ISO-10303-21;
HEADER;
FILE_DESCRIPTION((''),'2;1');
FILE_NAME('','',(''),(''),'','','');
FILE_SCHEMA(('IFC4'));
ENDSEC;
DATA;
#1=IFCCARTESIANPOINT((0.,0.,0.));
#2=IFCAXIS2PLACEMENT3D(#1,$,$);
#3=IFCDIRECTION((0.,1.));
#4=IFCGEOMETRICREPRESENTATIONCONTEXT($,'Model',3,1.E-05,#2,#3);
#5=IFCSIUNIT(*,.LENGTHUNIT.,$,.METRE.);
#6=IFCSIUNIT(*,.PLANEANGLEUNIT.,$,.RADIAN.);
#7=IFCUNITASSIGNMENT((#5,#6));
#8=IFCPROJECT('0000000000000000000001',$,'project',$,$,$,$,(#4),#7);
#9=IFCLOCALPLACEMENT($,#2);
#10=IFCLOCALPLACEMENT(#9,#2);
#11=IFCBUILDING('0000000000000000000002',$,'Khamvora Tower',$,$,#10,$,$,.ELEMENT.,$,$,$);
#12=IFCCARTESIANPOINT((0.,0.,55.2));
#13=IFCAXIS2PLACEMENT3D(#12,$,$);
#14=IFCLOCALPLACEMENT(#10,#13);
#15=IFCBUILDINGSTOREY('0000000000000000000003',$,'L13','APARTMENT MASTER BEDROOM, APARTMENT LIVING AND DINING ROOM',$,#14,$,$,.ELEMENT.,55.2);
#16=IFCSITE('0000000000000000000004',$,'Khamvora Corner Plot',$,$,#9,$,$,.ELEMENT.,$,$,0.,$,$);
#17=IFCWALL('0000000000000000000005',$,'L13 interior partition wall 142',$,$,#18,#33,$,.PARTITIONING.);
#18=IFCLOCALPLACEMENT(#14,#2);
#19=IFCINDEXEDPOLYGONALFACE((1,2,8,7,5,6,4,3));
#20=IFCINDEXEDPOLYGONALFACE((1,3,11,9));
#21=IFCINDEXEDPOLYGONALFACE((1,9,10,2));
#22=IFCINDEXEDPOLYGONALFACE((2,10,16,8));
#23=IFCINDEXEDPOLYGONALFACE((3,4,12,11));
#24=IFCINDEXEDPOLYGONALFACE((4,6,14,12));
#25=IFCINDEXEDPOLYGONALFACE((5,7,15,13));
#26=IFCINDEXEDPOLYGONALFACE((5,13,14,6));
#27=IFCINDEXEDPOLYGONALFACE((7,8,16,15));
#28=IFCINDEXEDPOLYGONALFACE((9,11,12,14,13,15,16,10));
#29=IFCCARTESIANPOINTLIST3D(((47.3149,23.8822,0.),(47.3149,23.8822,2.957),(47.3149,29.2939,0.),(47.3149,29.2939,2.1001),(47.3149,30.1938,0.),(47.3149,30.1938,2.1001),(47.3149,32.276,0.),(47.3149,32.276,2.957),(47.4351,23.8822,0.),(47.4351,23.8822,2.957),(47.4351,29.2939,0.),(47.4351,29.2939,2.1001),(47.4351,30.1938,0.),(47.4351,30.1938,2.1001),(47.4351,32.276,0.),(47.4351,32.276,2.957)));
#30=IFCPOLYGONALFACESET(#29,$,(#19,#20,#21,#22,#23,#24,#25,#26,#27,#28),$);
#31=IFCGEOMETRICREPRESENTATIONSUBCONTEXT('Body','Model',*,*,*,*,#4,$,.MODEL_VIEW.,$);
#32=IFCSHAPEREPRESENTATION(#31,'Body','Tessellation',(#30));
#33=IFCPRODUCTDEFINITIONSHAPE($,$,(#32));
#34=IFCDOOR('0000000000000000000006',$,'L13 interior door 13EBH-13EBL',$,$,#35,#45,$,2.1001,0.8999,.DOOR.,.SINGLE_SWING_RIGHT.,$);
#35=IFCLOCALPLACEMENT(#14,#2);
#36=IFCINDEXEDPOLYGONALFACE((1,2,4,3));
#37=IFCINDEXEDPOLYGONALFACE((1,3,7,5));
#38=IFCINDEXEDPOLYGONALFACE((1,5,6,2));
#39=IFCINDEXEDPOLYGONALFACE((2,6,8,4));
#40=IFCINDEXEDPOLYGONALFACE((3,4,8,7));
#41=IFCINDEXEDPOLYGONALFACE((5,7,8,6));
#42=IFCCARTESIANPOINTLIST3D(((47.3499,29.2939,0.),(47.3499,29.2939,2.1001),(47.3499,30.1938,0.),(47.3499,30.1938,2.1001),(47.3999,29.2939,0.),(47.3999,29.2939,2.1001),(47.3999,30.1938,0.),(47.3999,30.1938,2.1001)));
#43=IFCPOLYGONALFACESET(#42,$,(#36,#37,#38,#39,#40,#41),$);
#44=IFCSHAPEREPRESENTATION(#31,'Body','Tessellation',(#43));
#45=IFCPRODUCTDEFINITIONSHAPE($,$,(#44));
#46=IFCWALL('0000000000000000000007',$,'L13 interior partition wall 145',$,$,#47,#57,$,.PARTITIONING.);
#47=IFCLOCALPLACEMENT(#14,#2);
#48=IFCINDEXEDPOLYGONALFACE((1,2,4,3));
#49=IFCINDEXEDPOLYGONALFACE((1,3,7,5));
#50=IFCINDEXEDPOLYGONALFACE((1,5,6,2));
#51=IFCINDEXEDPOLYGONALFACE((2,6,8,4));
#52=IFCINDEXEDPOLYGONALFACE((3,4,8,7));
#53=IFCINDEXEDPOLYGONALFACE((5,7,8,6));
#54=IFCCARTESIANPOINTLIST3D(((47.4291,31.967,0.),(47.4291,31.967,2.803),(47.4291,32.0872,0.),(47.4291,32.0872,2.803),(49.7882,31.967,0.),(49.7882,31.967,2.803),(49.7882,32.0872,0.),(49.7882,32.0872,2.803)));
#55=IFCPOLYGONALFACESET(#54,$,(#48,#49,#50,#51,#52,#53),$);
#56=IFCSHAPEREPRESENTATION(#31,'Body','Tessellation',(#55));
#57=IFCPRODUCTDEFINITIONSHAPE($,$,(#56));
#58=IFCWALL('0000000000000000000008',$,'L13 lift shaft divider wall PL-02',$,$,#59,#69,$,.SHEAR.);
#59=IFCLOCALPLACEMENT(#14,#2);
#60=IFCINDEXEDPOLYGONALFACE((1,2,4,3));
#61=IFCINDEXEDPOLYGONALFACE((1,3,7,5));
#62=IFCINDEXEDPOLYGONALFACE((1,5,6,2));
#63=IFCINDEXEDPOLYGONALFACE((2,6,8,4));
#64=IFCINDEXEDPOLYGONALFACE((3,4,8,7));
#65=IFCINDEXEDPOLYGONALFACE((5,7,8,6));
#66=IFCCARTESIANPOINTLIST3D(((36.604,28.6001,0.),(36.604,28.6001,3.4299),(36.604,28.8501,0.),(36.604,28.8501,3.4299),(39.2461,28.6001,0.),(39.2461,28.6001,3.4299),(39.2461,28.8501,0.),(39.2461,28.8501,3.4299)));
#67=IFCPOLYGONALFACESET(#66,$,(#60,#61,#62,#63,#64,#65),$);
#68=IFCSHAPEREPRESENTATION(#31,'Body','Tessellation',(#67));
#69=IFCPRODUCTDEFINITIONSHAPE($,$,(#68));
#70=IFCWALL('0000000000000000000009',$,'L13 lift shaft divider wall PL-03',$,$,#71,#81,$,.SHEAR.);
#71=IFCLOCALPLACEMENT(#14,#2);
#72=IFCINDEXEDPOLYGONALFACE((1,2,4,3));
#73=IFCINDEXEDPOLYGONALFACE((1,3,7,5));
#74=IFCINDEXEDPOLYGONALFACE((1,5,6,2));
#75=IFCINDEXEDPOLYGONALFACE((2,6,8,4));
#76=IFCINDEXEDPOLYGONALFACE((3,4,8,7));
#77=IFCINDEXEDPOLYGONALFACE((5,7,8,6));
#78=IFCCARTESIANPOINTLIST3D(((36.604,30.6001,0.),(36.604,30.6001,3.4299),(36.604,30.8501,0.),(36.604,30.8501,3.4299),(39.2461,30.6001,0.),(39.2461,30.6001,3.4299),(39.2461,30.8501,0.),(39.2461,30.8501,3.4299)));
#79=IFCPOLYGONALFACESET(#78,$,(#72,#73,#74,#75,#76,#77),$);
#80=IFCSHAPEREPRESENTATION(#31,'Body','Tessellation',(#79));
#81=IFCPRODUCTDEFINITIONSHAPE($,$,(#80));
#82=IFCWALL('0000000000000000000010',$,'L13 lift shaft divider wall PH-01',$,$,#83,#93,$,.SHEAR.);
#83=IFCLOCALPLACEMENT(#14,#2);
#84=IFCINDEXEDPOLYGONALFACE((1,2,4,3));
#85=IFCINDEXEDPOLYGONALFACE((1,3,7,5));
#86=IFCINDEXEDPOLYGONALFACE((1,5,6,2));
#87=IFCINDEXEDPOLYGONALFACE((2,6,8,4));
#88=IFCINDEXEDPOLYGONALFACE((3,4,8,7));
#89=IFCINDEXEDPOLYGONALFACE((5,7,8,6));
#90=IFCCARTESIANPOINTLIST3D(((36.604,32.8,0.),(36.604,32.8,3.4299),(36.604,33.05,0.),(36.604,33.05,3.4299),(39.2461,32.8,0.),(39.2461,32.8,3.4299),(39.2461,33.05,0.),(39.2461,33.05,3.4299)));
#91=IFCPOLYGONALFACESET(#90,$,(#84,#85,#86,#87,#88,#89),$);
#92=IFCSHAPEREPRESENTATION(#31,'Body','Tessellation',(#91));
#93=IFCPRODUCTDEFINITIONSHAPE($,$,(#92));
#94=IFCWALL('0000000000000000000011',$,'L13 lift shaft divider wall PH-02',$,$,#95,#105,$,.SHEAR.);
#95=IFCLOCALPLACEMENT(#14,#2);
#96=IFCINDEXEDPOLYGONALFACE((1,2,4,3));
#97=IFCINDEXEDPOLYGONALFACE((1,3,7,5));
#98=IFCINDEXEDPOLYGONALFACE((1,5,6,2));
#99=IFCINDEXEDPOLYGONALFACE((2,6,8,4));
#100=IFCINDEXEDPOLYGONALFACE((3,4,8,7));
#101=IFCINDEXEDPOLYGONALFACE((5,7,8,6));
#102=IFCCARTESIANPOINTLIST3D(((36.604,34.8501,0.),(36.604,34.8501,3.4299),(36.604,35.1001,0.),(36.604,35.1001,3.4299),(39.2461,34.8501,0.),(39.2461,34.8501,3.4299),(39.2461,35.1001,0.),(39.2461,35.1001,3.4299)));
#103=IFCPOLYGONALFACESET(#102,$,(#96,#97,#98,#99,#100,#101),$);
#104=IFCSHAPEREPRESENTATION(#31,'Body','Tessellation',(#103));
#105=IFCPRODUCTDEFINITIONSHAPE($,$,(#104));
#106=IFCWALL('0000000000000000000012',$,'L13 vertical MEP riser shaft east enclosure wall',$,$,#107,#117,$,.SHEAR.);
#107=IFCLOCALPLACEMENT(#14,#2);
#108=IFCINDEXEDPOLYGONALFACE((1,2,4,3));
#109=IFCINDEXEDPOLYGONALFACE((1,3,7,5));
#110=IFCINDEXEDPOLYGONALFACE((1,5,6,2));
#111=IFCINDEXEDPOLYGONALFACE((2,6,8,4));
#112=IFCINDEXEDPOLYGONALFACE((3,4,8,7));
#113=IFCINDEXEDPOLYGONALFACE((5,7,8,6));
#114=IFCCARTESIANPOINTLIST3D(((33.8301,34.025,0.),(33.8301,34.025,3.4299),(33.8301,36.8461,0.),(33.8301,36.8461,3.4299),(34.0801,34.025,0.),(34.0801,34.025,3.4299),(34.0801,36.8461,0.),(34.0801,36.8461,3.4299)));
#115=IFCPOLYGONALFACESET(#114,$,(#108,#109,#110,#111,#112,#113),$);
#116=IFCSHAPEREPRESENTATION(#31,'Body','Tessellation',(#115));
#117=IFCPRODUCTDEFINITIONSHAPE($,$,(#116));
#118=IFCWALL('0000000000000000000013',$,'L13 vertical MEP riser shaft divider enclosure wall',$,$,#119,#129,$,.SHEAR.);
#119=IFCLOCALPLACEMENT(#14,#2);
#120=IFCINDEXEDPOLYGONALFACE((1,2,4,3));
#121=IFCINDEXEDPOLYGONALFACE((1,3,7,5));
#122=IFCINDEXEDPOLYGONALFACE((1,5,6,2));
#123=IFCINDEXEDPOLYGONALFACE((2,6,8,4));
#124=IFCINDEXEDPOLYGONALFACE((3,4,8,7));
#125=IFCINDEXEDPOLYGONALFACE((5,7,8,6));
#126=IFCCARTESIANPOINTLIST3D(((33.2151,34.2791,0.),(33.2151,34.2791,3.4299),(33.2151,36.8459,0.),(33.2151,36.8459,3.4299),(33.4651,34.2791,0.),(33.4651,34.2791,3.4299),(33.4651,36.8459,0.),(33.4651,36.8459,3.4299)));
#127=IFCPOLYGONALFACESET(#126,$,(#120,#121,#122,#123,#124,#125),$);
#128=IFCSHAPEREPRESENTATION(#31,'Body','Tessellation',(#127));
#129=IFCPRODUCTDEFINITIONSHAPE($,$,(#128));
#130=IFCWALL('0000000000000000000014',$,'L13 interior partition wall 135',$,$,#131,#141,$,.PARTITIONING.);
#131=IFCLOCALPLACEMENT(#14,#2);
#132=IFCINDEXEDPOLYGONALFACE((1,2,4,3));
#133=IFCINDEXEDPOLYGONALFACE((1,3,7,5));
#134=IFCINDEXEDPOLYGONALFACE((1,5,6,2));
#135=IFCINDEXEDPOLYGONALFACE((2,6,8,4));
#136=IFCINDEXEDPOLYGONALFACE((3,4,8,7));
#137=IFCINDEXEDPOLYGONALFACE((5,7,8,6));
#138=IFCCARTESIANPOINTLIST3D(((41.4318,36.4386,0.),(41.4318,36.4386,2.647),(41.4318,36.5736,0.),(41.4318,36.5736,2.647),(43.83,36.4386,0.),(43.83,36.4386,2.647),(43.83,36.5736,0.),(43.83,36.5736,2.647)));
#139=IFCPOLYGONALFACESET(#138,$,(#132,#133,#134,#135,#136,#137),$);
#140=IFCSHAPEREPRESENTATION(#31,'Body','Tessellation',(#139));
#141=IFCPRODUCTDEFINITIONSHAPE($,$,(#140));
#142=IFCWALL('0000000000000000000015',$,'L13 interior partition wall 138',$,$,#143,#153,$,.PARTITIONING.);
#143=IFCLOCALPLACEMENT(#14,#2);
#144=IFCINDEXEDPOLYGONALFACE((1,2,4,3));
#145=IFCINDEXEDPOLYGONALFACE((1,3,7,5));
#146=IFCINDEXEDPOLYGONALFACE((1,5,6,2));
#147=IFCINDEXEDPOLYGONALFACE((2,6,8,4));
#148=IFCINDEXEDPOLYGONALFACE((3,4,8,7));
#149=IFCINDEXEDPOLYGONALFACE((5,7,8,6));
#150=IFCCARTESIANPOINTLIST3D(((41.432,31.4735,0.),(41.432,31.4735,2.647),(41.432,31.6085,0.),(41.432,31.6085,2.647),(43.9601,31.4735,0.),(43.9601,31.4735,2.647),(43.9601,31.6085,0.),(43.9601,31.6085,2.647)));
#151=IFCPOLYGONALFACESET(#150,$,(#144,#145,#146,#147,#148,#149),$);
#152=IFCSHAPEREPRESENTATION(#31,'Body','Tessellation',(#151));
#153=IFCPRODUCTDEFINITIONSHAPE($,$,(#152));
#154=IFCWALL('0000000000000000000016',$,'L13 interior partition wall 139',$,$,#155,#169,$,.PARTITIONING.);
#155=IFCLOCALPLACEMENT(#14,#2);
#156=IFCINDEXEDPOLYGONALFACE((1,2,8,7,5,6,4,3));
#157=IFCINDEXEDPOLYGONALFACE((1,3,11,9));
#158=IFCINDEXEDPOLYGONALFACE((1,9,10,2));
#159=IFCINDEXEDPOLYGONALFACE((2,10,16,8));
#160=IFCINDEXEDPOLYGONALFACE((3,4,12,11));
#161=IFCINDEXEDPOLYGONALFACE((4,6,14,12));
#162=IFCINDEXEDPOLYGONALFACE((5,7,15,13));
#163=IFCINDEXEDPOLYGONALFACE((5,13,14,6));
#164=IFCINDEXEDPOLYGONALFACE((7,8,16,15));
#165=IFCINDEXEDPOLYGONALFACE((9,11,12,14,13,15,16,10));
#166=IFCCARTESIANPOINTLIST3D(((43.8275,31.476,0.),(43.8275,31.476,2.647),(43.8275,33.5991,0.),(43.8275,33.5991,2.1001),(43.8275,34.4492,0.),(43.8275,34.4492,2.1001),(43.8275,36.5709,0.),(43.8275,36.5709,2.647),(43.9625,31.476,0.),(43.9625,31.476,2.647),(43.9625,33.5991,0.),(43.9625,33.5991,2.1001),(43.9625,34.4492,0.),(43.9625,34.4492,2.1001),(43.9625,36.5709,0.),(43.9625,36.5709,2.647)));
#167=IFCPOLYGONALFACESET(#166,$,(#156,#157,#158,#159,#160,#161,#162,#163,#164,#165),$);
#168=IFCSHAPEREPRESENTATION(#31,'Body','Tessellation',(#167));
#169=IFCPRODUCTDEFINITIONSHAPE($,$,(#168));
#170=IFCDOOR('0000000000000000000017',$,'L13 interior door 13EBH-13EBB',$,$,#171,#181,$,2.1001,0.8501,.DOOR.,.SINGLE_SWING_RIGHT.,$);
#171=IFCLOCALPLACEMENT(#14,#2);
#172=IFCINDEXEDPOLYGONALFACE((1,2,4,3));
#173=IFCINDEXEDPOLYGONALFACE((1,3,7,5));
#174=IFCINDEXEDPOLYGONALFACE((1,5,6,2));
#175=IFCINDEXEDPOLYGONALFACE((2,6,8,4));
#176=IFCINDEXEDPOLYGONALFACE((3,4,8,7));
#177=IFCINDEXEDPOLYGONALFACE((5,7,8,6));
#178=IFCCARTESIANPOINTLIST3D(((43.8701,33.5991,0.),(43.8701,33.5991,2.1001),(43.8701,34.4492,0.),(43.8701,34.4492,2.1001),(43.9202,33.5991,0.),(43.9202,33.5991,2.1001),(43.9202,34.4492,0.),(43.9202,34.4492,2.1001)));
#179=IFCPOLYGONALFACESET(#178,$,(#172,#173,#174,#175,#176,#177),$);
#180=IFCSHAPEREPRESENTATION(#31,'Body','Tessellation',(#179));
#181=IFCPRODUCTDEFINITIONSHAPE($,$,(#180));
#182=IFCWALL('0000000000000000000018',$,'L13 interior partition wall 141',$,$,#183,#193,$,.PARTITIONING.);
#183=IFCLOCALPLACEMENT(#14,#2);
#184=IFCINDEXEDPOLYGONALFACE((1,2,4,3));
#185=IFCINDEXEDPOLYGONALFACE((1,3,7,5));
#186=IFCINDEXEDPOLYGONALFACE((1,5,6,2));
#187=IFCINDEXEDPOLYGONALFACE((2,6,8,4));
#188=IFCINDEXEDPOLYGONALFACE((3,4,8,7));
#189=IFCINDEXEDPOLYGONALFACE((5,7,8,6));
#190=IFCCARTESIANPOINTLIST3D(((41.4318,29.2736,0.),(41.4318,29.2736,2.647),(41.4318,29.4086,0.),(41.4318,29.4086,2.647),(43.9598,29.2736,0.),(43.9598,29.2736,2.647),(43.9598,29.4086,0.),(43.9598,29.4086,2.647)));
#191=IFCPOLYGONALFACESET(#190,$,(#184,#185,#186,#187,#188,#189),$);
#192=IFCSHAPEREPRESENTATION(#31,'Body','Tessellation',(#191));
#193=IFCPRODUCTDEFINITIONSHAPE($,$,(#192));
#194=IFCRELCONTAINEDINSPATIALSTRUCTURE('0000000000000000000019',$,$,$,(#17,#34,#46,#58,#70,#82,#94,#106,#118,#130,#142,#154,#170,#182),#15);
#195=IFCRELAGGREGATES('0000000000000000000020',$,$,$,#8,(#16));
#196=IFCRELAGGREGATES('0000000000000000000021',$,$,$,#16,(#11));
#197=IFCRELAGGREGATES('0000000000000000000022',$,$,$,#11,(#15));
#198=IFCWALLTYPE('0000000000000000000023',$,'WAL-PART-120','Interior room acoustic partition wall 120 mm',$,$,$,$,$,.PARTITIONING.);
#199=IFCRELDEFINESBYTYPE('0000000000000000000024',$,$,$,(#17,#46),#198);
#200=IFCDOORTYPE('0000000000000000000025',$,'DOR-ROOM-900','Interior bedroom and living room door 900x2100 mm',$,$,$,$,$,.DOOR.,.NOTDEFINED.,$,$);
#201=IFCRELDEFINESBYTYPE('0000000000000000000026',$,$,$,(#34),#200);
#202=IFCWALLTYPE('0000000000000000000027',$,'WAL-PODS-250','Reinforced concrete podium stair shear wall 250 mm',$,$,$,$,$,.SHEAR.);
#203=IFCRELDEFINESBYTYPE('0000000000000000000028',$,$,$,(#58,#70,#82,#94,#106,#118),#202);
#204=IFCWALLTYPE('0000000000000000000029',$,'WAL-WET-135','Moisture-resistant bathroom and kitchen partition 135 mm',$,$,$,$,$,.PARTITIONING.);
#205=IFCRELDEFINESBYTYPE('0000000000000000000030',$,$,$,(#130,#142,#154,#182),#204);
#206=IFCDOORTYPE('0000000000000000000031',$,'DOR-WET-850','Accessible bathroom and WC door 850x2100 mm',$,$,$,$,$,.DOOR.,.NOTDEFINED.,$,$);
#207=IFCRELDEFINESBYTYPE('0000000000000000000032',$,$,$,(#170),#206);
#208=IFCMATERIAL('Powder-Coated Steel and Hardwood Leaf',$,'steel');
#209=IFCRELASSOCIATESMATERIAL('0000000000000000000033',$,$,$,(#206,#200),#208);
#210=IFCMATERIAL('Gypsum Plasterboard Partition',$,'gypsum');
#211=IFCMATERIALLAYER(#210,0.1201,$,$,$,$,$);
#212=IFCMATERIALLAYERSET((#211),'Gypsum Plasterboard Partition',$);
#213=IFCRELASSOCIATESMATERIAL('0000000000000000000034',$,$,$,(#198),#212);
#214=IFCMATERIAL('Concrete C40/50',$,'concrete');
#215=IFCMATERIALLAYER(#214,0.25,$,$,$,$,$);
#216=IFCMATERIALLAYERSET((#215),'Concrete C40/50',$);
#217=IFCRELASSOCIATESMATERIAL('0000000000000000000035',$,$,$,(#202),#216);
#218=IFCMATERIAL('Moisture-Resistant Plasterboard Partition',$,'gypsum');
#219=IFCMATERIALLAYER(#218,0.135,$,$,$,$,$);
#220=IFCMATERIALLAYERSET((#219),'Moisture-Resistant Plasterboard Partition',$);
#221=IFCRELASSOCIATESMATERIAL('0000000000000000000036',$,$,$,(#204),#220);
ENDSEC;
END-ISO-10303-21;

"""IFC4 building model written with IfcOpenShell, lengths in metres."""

from ifc_helpers import new_model, si_unit, direction, frame, frame_2d, origin, place, context, subcontext, project, spatial, rectangle, extrude, material, layer, layer_set, type_object, element, fill, save


model = new_model("IFC4")

# Units and contexts
model_context = context("Model", 3, precision=1e-05, world=origin(), true_north=direction((0.0, 1.0)))
body_context = subcontext(model_context, "Body", "Model", "MODEL_VIEW")
ifc_project = project(units=[si_unit("LENGTHUNIT", "METRE"), si_unit("PLANEANGLEUNIT", "RADIAN")], contexts=[model_context])

# Site, building, storey
site_placement = place(None, origin())
site = spatial("IfcSite", under=ifc_project, at=site_placement, Name="Khamvora Corner Plot", CompositionType="ELEMENT", RefElevation=0.0)
building_placement = place(site_placement, origin())
building = spatial("IfcBuilding", under=site, at=building_placement, Name="Khamvora Tower", CompositionType="ELEMENT")
storey_placement = place(building_placement, frame((0.0, 0.0, 55.2)))
storey = spatial("IfcBuildingStorey", under=building, at=storey_placement, Name="L13", Description="APARTMENT MASTER BEDROOM, APARTMENT LIVING AND DINING ROOM", CompositionType="ELEMENT", Elevation=55.2)

# Shared definitions
ifc_material_1 = material(Name="Powder-Coated Steel and Hardwood Leaf", Category="steel")
door_type_1 = type_object("IfcDoorType", Name="DOR-WET-850", Description="Accessible bathroom and WC door 850x2100 mm", OperationType="NOTDEFINED", PredefinedType="DOOR", material=ifc_material_1)

# Wall, opening, door
ifc_material_2 = material(Name="Gypsum Plasterboard Partition", Category="gypsum")
ifc_layer_1 = layer(ifc_material_2, 0.1201)
ifc_layer_set_1 = layer_set([ifc_layer_1], Name="Gypsum Plasterboard Partition")
wall_type_1 = type_object("IfcWallType", Name="WAL-PART-120", Description="Interior room acoustic partition wall 120 mm", PredefinedType="PARTITIONING", material=ifc_layer_set_1)
wall_1_placement = place(storey_placement, frame((47.375, 32.2759, 0.0), z_axis=(0.0, 0.0, 1.0), x_axis=(0.0, -1.0, 0.0)))
wall_1 = element("IfcWall", 1, at=wall_1_placement, inside=storey, type_object=wall_type_1, Name="L13 interior partition wall 142", PredefinedType="PARTITIONING", context=body_context, shape_type="SweptSolid", body=[
    extrude(rectangle(XDim=8.3938, YDim=0.1201, at=frame_2d((4.1968, 0.0))), origin(), (0.0, 0.0, 1.0), 2.957),
])
opening_1_placement = place(wall_1_placement, frame((2.082, 0.0, 0.0)))
opening_1 = element("IfcOpeningElement", 2, at=opening_1_placement, cuts=wall_1, PredefinedType="OPENING", context=body_context, shape_type="SweptSolid", body=[
    extrude(rectangle(XDim=0.8999, YDim=2.1001, at=frame_2d((0.45, 1.05))), frame((0.0, 0.0701, 0.0), z_axis=(0.0, -1.0, 0.0), x_axis=(1.0, 0.0, 0.0)), (0.0, 0.0, 1.0), 0.1401),
])
door_type_2 = type_object("IfcDoorType", Name="DOR-ROOM-900", Description="Interior bedroom and living room door 900x2100 mm", OperationType="NOTDEFINED", PredefinedType="DOOR", material=ifc_material_1)
door_1_placement = place(opening_1_placement, origin())
door_1 = element("IfcDoor", 3, at=door_1_placement, inside=storey, type_object=door_type_2, Name="L13 interior door 13EBH-13EBL", OperationType="SINGLE_SWING_RIGHT", OverallHeight=2.1001, OverallWidth=0.8999, PredefinedType="DOOR", context=body_context, shape_type="SweptSolid", body=[
    extrude(rectangle(XDim=0.8999, YDim=2.1001, at=frame_2d((0.45, 1.05))), frame((0.0, 0.0249, 0.0), z_axis=(0.0, -1.0, 0.0), x_axis=(1.0, 0.0, 0.0)), (0.0, 0.0, 1.0), 0.05),
])
fill(opening_1, door_1)

# Walls
wall_2_placement = place(storey_placement, frame((47.429, 32.0271, 0.0), z_axis=(0.0, 0.0, 1.0), x_axis=(1.0, 0.0, 0.0)))
element("IfcWall", 4, at=wall_2_placement, inside=storey, type_object=wall_type_1, Name="L13 interior partition wall 145", PredefinedType="PARTITIONING", context=body_context, shape_type="SweptSolid", body=[
    extrude(rectangle(XDim=2.3591, YDim=0.1201, at=frame_2d((1.1797, 0.0))), origin(), (0.0, 0.0, 1.0), 2.803),
])
ifc_material_3 = material(Name="Concrete C40/50", Category="concrete")
ifc_layer_2 = layer(ifc_material_3, 0.25)
ifc_layer_set_2 = layer_set([ifc_layer_2], Name="Concrete C40/50")
wall_type_2 = type_object("IfcWallType", Name="WAL-PODS-250", Description="Reinforced concrete podium stair shear wall 250 mm", PredefinedType="SHEAR", material=ifc_layer_set_2)
for number, where, z_axis, x_axis, name in (
    (5, (36.604, 28.7251, 0.0), (0.0, 0.0, 1.0), (1.0, 0.0, 0.0), "L13 lift shaft divider wall PL-02"),
    (6, (36.604, 30.7251, 0.0), (0.0, 0.0, 1.0), (1.0, 0.0, 0.0), "L13 lift shaft divider wall PL-03"),
    (7, (36.604, 32.925, 0.0), (0.0, 0.0, 1.0), (1.0, 0.0, 0.0), "L13 lift shaft divider wall PH-01"),
    (8, (36.604, 34.9751, 0.0), (0.0, 0.0, 1.0), (1.0, 0.0, 0.0), "L13 lift shaft divider wall PH-02"),
):
    element("IfcWall", number, at=place(storey_placement, frame(where, z_axis=z_axis, x_axis=x_axis)), inside=storey, type_object=wall_type_2, Name=name, PredefinedType="SHEAR", context=body_context, shape_type="SweptSolid", body=[
        extrude(rectangle(XDim=2.6421, YDim=0.25, at=frame_2d((1.321, 0.0))), origin(), (0.0, 0.0, 1.0), 3.4299),
    ])
wall_3_placement = place(storey_placement, frame((33.9551, 34.0249, 0.0), z_axis=(0.0, 0.0, 1.0), x_axis=(0.0, 1.0, 0.0)))
element("IfcWall", 9, at=wall_3_placement, inside=storey, type_object=wall_type_2, Name="L13 vertical MEP riser shaft east enclosure wall", PredefinedType="SHEAR", context=body_context, shape_type="SweptSolid", body=[
    extrude(rectangle(XDim=2.821, YDim=0.25, at=frame_2d((1.4106, 0.0))), origin(), (0.0, 0.0, 1.0), 3.4299),
])
wall_4_placement = place(storey_placement, frame((33.3401, 34.2791, 0.0), z_axis=(0.0, 0.0, 1.0), x_axis=(0.0, 1.0, 0.0)))
element("IfcWall", 10, at=wall_4_placement, inside=storey, type_object=wall_type_2, Name="L13 vertical MEP riser shaft divider enclosure wall", PredefinedType="SHEAR", context=body_context, shape_type="SweptSolid", body=[
    extrude(rectangle(XDim=2.5669, YDim=0.25, at=frame_2d((1.2834, 0.0))), origin(), (0.0, 0.0, 1.0), 3.4299),
])
ifc_material_4 = material(Name="Moisture-Resistant Plasterboard Partition", Category="gypsum")
ifc_layer_3 = layer(ifc_material_4, 0.135)
ifc_layer_set_3 = layer_set([ifc_layer_3], Name="Moisture-Resistant Plasterboard Partition")
wall_type_3 = type_object("IfcWallType", Name="WAL-WET-135", Description="Moisture-resistant bathroom and kitchen partition 135 mm", PredefinedType="PARTITIONING", material=ifc_layer_set_3)
wall_5_placement = place(storey_placement, frame((43.8301, 36.5061, 0.0), z_axis=(0.0, 0.0, 1.0), x_axis=(-1.0, 0.0, 0.0)))
element("IfcWall", 11, at=wall_5_placement, inside=storey, type_object=wall_type_3, Name="L13 interior partition wall 135", PredefinedType="PARTITIONING", context=body_context, shape_type="SweptSolid", body=[
    extrude(rectangle(XDim=2.3982, YDim=0.135, at=frame_2d((1.1992, 0.0))), origin(), (0.0, 0.0, 1.0), 2.647),
])
wall_6_placement = place(storey_placement, frame((41.4319, 31.541, 0.0), z_axis=(0.0, 0.0, 1.0), x_axis=(1.0, 0.0, 0.0)))
element("IfcWall", 12, at=wall_6_placement, inside=storey, type_object=wall_type_3, Name="L13 interior partition wall 138", PredefinedType="PARTITIONING", context=body_context, shape_type="SweptSolid", body=[
    extrude(rectangle(XDim=2.5281, YDim=0.135, at=frame_2d((1.2642, 0.0))), origin(), (0.0, 0.0, 1.0), 2.647),
])

# Wall, opening, door
wall_7_placement = place(storey_placement, frame((43.895, 31.4761, 0.0), z_axis=(0.0, 0.0, 1.0), x_axis=(0.0, 1.0, 0.0)))
wall_7 = element("IfcWall", 13, at=wall_7_placement, inside=storey, type_object=wall_type_3, Name="L13 interior partition wall 139", PredefinedType="PARTITIONING", context=body_context, shape_type="SweptSolid", body=[
    extrude(rectangle(XDim=5.095, YDim=0.135, at=frame_2d((2.5474, 0.0))), origin(), (0.0, 0.0, 1.0), 2.647),
])
opening_2_placement = place(wall_7_placement, frame((2.123, 0.0, 0.0)))
opening_2 = element("IfcOpeningElement", 14, at=opening_2_placement, cuts=wall_7, PredefinedType="OPENING", context=body_context, shape_type="SweptSolid", body=[
    extrude(rectangle(XDim=0.8501, YDim=2.1001, at=frame_2d((0.425, 1.05))), frame((0.0, 0.0774, 0.0), z_axis=(0.0, -1.0, 0.0), x_axis=(1.0, 0.0, 0.0)), (0.0, 0.0, 1.0), 0.155),
])
door_2_placement = place(opening_2_placement, origin())
door_2 = element("IfcDoor", 15, at=door_2_placement, inside=storey, type_object=door_type_1, Name="L13 interior door 13EBH-13EBB", OperationType="SINGLE_SWING_RIGHT", OverallHeight=2.1001, OverallWidth=0.8501, PredefinedType="DOOR", context=body_context, shape_type="SweptSolid", body=[
    extrude(rectangle(XDim=0.8501, YDim=2.1001, at=frame_2d((0.425, 1.05))), frame((0.0, 0.0249, 0.0), z_axis=(0.0, -1.0, 0.0), x_axis=(1.0, 0.0, 0.0)), (0.0, 0.0, 1.0), 0.05),
])
fill(opening_2, door_2)

# Wall
wall_8_placement = place(storey_placement, frame((43.96, 29.3411, 0.0), z_axis=(0.0, 0.0, 1.0), x_axis=(-1.0, 0.0, 0.0)))
element("IfcWall", 16, at=wall_8_placement, inside=storey, type_object=wall_type_3, Name="L13 interior partition wall 141", PredefinedType="PARTITIONING", context=body_context, shape_type="SweptSolid", body=[
    extrude(rectangle(XDim=2.5281, YDim=0.135, at=frame_2d((1.2642, 0.0))), origin(), (0.0, 0.0, 1.0), 2.647),
])

save(model, "model.ifc")
